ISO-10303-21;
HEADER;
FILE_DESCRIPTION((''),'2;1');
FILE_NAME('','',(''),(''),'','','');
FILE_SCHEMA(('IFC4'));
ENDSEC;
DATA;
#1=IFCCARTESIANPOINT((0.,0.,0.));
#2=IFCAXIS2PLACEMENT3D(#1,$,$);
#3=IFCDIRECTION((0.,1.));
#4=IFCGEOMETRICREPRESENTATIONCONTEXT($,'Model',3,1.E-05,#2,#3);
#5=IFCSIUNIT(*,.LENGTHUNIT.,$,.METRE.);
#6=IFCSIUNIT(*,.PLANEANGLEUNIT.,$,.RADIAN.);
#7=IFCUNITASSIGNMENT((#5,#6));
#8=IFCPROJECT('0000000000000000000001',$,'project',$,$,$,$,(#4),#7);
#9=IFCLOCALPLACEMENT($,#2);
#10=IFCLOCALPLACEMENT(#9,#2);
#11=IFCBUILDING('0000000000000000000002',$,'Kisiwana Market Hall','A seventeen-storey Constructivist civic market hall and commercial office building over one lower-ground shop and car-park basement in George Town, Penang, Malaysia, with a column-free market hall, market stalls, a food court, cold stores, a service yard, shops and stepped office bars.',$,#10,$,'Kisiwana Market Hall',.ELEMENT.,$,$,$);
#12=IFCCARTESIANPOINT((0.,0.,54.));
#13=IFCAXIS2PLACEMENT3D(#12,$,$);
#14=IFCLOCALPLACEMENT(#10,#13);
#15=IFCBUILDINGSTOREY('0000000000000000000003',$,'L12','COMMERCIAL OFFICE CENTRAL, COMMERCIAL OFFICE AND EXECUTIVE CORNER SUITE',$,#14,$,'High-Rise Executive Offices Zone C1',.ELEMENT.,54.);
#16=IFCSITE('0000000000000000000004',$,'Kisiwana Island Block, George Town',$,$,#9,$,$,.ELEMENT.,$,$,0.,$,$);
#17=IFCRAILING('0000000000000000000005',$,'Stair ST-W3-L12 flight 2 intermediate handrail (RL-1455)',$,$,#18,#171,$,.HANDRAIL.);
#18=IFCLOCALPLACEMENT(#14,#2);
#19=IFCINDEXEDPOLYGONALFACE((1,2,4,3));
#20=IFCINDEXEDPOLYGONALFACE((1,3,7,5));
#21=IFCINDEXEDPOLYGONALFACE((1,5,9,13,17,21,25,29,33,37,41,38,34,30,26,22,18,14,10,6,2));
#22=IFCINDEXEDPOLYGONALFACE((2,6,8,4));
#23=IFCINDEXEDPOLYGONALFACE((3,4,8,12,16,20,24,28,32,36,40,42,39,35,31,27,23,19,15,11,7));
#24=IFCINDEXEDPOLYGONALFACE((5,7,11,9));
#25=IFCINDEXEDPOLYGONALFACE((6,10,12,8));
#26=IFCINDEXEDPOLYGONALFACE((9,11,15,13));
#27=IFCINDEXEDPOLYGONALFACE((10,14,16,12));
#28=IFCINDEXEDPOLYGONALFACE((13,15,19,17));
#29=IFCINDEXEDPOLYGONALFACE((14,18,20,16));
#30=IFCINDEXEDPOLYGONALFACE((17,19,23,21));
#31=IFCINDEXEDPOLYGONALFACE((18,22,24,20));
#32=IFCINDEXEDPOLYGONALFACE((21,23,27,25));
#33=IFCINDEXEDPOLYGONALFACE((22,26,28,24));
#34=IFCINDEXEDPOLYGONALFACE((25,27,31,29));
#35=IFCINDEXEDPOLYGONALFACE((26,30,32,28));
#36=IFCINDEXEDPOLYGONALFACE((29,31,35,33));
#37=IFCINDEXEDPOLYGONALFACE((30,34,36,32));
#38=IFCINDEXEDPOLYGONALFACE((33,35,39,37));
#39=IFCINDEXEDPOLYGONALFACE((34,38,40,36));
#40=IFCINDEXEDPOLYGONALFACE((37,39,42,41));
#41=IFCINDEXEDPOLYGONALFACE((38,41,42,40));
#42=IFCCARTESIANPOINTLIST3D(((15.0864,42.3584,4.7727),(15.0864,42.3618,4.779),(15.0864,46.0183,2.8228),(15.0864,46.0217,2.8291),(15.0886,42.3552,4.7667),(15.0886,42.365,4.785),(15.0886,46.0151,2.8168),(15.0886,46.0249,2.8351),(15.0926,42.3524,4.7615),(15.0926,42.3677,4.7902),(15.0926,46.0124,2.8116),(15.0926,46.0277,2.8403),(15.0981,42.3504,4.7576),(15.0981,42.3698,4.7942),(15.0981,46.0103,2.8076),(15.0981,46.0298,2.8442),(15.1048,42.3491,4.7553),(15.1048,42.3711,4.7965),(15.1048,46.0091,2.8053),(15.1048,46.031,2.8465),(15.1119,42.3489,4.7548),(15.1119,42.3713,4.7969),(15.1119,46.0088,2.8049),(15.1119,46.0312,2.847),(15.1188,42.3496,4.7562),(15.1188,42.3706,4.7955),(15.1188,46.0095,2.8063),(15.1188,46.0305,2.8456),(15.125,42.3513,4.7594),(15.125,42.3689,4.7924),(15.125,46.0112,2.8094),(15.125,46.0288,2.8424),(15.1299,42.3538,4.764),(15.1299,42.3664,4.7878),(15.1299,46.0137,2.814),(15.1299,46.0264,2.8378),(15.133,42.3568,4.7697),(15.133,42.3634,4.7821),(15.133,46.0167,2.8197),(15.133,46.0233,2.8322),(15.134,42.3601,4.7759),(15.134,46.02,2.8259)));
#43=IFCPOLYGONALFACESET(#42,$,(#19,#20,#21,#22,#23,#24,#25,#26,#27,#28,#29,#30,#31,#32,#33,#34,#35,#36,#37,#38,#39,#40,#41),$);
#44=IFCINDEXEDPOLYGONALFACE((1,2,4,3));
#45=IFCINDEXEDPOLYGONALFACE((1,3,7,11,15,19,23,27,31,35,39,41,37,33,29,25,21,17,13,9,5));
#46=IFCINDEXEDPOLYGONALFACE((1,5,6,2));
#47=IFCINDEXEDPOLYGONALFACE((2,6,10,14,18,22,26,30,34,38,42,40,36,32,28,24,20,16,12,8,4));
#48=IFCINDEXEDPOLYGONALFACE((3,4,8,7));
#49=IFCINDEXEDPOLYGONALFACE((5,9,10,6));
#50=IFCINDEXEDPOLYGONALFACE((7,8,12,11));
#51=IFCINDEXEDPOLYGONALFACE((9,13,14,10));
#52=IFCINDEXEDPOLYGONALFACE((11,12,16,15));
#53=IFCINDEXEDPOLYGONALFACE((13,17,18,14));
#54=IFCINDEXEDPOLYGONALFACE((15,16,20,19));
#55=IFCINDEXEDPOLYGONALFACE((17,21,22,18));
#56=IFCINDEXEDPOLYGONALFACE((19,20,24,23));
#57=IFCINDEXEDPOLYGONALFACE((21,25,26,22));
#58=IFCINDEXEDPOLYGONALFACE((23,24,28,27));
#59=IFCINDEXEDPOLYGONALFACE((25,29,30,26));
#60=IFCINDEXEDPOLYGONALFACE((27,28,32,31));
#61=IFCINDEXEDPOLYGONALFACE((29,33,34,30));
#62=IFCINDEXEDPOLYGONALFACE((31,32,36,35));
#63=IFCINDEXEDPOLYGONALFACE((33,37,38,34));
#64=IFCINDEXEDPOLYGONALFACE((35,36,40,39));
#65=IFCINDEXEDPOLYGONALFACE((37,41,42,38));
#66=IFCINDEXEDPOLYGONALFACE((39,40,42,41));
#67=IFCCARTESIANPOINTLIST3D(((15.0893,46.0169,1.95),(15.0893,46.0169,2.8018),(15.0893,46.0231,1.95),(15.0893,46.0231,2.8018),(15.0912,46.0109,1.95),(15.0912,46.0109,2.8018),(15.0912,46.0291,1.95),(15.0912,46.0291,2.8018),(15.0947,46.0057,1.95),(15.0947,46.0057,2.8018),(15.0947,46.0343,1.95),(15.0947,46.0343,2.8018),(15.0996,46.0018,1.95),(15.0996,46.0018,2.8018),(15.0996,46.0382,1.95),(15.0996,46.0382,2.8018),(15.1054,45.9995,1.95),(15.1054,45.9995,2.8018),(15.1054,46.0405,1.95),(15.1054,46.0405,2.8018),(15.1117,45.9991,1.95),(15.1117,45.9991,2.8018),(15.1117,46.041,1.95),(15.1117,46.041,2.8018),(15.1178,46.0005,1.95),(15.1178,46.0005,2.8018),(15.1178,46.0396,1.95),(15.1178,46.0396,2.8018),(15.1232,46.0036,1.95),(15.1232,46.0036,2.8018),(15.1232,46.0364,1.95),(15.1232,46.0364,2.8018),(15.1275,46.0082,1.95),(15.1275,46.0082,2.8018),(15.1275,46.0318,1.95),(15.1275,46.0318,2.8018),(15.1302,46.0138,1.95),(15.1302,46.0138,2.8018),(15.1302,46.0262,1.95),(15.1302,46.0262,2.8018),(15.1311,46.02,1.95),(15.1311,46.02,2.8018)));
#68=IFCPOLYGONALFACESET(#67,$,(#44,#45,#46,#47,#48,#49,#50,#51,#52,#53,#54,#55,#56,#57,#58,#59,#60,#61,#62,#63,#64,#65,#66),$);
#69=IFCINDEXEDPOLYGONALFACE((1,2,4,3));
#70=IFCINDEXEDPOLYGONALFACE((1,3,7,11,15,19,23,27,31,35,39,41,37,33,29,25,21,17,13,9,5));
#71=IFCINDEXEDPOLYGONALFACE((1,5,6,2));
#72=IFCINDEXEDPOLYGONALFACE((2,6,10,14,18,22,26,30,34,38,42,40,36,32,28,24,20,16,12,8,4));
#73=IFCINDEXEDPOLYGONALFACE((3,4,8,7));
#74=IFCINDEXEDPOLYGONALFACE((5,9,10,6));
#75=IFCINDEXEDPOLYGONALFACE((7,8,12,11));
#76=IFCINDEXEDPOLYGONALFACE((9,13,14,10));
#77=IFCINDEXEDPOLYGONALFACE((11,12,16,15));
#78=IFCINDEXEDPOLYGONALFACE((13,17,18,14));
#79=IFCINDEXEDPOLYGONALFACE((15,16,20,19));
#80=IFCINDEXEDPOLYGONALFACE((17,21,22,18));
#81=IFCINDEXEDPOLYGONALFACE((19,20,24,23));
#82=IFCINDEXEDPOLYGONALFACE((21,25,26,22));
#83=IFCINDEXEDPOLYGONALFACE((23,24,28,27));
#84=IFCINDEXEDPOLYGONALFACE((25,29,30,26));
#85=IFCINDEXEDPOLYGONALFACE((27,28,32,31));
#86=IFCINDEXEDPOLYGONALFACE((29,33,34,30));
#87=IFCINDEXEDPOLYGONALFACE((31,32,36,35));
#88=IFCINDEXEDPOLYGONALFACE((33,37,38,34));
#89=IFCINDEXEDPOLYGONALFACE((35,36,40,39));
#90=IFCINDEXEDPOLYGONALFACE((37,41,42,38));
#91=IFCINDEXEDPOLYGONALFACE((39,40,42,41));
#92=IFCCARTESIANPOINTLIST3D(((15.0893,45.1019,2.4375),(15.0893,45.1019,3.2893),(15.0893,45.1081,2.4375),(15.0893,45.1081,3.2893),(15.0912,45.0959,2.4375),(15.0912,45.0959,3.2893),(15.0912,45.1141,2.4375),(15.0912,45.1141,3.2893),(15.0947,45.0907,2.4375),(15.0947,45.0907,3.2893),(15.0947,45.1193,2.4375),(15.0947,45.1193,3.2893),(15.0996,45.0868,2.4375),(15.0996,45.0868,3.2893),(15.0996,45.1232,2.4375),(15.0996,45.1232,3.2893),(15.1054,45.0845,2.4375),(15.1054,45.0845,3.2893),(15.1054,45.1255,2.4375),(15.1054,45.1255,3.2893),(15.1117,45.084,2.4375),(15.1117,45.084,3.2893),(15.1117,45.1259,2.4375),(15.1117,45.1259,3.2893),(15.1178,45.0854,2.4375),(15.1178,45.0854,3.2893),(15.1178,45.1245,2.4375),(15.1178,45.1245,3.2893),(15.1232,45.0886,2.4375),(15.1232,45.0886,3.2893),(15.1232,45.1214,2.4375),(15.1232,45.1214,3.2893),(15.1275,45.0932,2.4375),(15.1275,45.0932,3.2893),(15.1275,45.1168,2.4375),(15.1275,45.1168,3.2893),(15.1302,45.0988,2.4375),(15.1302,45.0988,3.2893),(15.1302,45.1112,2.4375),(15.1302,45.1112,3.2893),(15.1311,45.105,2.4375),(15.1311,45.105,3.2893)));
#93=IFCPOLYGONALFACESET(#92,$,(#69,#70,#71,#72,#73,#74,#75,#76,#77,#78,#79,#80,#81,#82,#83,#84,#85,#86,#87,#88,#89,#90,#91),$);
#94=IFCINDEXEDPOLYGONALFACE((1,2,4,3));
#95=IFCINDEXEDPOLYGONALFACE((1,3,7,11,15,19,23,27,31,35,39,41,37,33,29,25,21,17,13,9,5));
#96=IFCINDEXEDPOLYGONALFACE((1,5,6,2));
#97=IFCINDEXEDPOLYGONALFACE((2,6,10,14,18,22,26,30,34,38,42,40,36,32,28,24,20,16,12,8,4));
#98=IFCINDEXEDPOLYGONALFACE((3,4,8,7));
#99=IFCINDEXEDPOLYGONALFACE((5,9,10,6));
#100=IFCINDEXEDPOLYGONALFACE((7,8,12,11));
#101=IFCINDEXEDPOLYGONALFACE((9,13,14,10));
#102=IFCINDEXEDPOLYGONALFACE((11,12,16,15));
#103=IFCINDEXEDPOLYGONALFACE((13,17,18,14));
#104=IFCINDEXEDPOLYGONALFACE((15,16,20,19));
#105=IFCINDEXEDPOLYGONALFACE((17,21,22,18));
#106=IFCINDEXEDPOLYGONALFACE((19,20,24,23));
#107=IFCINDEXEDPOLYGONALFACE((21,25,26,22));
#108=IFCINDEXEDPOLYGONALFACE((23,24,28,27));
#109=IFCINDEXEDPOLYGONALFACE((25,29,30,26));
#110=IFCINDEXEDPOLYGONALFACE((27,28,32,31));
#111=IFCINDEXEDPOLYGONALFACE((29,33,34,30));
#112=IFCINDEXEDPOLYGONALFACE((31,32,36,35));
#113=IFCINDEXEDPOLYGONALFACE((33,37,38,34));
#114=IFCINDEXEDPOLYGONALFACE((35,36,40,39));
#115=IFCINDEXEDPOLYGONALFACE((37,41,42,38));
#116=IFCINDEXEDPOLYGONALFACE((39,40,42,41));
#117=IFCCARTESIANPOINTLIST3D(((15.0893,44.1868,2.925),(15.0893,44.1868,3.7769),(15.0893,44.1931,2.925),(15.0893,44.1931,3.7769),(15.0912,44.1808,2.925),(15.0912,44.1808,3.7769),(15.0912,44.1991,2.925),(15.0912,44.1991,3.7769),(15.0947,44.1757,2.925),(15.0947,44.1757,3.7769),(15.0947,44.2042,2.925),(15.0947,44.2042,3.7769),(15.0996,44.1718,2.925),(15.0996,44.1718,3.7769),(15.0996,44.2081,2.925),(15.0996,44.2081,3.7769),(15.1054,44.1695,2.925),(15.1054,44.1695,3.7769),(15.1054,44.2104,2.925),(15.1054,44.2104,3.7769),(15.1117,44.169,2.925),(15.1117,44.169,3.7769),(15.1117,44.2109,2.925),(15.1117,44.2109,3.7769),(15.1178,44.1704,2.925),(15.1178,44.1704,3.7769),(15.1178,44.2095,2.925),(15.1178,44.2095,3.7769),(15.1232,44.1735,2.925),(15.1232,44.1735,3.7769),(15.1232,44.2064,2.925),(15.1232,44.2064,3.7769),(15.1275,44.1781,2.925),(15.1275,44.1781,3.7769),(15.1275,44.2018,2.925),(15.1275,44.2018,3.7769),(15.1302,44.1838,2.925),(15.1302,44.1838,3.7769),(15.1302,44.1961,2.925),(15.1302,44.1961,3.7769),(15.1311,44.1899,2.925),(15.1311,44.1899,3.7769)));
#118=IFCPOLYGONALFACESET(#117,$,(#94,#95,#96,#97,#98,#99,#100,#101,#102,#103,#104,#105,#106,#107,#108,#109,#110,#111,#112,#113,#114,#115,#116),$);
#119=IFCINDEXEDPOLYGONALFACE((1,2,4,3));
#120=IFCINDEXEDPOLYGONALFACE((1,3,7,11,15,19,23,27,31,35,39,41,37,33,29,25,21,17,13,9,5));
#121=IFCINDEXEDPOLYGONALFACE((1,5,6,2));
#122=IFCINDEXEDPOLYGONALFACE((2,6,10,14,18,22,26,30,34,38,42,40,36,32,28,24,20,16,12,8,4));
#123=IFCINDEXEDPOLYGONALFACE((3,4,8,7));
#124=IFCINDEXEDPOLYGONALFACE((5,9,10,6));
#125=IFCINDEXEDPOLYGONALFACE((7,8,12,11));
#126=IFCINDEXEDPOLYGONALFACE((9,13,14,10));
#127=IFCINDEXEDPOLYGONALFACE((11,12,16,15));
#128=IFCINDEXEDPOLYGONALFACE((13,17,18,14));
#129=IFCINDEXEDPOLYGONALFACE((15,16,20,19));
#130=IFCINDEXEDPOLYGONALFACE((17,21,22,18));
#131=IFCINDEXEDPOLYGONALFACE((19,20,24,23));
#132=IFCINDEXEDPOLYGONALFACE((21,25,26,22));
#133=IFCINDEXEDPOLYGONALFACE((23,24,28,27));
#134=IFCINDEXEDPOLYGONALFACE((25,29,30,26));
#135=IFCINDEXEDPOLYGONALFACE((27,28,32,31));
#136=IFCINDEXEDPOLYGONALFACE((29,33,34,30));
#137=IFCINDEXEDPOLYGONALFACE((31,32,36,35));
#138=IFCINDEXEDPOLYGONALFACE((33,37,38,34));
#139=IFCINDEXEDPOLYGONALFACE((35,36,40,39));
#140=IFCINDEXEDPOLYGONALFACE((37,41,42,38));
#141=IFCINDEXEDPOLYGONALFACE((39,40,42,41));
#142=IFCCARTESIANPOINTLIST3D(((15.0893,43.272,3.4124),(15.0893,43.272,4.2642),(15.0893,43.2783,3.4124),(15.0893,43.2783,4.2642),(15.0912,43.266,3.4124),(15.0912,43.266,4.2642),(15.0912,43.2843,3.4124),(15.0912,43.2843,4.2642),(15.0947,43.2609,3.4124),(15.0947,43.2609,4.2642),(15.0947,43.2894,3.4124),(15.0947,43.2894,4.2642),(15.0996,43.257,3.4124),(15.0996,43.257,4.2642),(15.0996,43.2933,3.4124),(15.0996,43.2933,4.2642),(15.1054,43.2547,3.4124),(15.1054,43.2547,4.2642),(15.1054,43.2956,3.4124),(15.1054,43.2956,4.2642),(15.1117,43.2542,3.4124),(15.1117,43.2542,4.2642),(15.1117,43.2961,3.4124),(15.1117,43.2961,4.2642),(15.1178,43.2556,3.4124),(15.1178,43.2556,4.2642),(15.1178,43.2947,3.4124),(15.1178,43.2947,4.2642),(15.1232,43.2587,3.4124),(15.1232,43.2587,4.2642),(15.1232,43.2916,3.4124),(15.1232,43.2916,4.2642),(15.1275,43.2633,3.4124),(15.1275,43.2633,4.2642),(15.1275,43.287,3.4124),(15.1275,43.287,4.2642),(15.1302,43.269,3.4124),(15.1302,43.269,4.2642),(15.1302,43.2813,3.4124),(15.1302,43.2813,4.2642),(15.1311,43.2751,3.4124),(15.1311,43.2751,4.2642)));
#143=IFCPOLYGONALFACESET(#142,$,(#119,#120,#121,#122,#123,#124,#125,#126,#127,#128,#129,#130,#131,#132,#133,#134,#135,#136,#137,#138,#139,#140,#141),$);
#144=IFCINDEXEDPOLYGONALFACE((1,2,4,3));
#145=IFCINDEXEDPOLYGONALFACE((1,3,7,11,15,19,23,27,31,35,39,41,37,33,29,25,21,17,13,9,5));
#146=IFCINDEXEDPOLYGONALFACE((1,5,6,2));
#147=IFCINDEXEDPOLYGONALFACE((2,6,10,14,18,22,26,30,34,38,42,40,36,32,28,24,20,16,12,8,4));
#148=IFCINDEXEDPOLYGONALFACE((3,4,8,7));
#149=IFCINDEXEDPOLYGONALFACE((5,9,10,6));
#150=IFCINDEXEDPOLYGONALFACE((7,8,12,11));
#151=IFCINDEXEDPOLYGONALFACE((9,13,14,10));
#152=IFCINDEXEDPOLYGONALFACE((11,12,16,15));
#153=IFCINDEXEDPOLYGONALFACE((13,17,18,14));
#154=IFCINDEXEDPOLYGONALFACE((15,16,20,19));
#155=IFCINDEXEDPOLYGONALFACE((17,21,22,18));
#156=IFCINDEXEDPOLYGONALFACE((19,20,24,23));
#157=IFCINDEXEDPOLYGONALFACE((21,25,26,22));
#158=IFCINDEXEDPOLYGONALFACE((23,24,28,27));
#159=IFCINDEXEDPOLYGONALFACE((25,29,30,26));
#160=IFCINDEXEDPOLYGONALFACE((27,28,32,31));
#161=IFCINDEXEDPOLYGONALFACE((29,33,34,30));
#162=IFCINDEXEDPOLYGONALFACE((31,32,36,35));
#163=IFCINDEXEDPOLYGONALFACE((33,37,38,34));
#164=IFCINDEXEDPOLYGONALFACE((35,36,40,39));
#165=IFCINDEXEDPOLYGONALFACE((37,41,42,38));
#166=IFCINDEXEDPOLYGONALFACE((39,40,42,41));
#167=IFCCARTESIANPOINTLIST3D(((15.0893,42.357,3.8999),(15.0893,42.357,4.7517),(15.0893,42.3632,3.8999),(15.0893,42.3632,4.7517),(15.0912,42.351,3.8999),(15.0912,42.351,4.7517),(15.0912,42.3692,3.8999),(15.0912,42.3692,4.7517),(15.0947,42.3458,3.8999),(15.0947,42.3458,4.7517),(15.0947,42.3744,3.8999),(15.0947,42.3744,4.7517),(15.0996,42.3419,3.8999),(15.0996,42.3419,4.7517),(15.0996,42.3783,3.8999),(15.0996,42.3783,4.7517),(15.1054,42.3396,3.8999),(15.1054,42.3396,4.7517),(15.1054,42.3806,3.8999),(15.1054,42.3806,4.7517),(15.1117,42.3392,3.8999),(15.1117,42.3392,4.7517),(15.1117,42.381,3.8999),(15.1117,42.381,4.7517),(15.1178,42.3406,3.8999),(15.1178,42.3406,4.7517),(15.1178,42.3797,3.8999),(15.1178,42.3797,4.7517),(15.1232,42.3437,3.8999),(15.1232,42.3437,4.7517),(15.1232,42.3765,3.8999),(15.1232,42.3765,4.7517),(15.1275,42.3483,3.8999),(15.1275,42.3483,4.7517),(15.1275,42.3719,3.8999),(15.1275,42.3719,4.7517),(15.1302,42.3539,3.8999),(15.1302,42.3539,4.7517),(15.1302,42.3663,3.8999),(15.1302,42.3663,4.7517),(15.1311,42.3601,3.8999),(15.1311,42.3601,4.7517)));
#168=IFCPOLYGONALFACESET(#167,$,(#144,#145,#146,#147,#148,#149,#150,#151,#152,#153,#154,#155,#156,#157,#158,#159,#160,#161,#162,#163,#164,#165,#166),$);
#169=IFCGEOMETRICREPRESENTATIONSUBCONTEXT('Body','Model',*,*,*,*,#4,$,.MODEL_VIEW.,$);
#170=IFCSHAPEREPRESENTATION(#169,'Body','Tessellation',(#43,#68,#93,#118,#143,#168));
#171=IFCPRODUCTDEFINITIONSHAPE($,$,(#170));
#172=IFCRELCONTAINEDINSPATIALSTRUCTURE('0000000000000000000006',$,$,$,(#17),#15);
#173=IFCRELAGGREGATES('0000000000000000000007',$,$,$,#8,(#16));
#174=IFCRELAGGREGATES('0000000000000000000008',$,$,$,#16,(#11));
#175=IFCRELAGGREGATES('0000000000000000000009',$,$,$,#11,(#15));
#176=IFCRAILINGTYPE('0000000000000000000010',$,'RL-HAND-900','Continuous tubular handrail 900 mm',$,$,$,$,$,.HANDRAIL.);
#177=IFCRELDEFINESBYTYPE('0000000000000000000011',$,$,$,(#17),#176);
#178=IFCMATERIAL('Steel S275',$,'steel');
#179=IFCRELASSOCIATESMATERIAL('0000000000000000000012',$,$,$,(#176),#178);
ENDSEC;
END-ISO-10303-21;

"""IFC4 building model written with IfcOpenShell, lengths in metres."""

from ifc_helpers import new_model, si_unit, direction, frame, origin, origin_2d, place, context, subcontext, project, spatial, circle, extrude, material, type_object, element, save


model = new_model("IFC4")

# Units and contexts
model_context = context("Model", 3, precision=1e-05, world=origin(), true_north=direction((0.0, 1.0)))
body_context = subcontext(model_context, "Body", "Model", "MODEL_VIEW")
ifc_project = project(units=[si_unit("LENGTHUNIT", "METRE"), si_unit("PLANEANGLEUNIT", "RADIAN")], contexts=[model_context])

# Site, building, storey
site_placement = place(None, origin())
site = spatial("IfcSite", under=ifc_project, at=site_placement, Name="Kisiwana Island Block, George Town", CompositionType="ELEMENT", RefElevation=0.0)
building_placement = place(site_placement, origin())
building = spatial("IfcBuilding", under=site, at=building_placement, Name="Kisiwana Market Hall", Description="A seventeen-storey Constructivist civic market hall and commercial office building over one lower-ground shop and car-park basement in George Town, Penang, Malaysia, with a column-free market hall, market stalls, a food court, cold stores, a service yard, shops and stepped office bars.", LongName="Kisiwana Market Hall", CompositionType="ELEMENT")
storey_placement = place(building_placement, frame((0.0, 0.0, 54.0)))
storey = spatial("IfcBuildingStorey", under=building, at=storey_placement, Name="L12", Description="COMMERCIAL OFFICE CENTRAL, COMMERCIAL OFFICE AND EXECUTIVE CORNER SUITE", LongName="High-Rise Executive Offices Zone C1", CompositionType="ELEMENT", Elevation=54.0)

# Railing
ifc_material_1 = material(Name="Steel S275", Category="steel")
railing_type_1 = type_object("IfcRailingType", Name="RL-HAND-900", Description="Continuous tubular handrail 900 mm", PredefinedType="HANDRAIL", material=ifc_material_1)
for number, where, name in (
    (1, (15.1101, 46.02, 1.95), "Stair ST-W3-L12 flight 2 intermediate handrail (RL-1455)"),
):
    element("IfcRailing", number, at=place(storey_placement, frame(where)), inside=storey, type_object=railing_type_1, Name=name, PredefinedType="HANDRAIL", context=body_context, shape_type="SweptSolid", body=[
        extrude(circle(Radius=0.0239, at=origin_2d()), frame((0.0, 0.0, 0.876), z_axis=(0.0, -0.882553, 0.470212), x_axis=(1.0, 0.0, 0.0)), (0.0, 0.0, 1.0), 4.147),
        extrude(circle(Radius=0.021, at=origin_2d()), origin(), (0.0, 0.0, 1.0), 0.8518),
        extrude(circle(Radius=0.021, at=origin_2d()), frame((0.0, -0.915, 0.4875)), (0.0, 0.0, 1.0), 0.8518),
        extrude(circle(Radius=0.021, at=origin_2d()), frame((0.0, -1.8301, 0.9751)), (0.0, 0.0, 1.0), 0.8518),
        extrude(circle(Radius=0.021, at=origin_2d()), frame((0.0, -2.7449, 1.4624)), (0.0, 0.0, 1.0), 0.8518),
        extrude(circle(Radius=0.021, at=origin_2d()), frame((0.0, -3.6599, 1.95)), (0.0, 0.0, 1.0), 0.8518),
    ])

save(model, "model.ifc")
